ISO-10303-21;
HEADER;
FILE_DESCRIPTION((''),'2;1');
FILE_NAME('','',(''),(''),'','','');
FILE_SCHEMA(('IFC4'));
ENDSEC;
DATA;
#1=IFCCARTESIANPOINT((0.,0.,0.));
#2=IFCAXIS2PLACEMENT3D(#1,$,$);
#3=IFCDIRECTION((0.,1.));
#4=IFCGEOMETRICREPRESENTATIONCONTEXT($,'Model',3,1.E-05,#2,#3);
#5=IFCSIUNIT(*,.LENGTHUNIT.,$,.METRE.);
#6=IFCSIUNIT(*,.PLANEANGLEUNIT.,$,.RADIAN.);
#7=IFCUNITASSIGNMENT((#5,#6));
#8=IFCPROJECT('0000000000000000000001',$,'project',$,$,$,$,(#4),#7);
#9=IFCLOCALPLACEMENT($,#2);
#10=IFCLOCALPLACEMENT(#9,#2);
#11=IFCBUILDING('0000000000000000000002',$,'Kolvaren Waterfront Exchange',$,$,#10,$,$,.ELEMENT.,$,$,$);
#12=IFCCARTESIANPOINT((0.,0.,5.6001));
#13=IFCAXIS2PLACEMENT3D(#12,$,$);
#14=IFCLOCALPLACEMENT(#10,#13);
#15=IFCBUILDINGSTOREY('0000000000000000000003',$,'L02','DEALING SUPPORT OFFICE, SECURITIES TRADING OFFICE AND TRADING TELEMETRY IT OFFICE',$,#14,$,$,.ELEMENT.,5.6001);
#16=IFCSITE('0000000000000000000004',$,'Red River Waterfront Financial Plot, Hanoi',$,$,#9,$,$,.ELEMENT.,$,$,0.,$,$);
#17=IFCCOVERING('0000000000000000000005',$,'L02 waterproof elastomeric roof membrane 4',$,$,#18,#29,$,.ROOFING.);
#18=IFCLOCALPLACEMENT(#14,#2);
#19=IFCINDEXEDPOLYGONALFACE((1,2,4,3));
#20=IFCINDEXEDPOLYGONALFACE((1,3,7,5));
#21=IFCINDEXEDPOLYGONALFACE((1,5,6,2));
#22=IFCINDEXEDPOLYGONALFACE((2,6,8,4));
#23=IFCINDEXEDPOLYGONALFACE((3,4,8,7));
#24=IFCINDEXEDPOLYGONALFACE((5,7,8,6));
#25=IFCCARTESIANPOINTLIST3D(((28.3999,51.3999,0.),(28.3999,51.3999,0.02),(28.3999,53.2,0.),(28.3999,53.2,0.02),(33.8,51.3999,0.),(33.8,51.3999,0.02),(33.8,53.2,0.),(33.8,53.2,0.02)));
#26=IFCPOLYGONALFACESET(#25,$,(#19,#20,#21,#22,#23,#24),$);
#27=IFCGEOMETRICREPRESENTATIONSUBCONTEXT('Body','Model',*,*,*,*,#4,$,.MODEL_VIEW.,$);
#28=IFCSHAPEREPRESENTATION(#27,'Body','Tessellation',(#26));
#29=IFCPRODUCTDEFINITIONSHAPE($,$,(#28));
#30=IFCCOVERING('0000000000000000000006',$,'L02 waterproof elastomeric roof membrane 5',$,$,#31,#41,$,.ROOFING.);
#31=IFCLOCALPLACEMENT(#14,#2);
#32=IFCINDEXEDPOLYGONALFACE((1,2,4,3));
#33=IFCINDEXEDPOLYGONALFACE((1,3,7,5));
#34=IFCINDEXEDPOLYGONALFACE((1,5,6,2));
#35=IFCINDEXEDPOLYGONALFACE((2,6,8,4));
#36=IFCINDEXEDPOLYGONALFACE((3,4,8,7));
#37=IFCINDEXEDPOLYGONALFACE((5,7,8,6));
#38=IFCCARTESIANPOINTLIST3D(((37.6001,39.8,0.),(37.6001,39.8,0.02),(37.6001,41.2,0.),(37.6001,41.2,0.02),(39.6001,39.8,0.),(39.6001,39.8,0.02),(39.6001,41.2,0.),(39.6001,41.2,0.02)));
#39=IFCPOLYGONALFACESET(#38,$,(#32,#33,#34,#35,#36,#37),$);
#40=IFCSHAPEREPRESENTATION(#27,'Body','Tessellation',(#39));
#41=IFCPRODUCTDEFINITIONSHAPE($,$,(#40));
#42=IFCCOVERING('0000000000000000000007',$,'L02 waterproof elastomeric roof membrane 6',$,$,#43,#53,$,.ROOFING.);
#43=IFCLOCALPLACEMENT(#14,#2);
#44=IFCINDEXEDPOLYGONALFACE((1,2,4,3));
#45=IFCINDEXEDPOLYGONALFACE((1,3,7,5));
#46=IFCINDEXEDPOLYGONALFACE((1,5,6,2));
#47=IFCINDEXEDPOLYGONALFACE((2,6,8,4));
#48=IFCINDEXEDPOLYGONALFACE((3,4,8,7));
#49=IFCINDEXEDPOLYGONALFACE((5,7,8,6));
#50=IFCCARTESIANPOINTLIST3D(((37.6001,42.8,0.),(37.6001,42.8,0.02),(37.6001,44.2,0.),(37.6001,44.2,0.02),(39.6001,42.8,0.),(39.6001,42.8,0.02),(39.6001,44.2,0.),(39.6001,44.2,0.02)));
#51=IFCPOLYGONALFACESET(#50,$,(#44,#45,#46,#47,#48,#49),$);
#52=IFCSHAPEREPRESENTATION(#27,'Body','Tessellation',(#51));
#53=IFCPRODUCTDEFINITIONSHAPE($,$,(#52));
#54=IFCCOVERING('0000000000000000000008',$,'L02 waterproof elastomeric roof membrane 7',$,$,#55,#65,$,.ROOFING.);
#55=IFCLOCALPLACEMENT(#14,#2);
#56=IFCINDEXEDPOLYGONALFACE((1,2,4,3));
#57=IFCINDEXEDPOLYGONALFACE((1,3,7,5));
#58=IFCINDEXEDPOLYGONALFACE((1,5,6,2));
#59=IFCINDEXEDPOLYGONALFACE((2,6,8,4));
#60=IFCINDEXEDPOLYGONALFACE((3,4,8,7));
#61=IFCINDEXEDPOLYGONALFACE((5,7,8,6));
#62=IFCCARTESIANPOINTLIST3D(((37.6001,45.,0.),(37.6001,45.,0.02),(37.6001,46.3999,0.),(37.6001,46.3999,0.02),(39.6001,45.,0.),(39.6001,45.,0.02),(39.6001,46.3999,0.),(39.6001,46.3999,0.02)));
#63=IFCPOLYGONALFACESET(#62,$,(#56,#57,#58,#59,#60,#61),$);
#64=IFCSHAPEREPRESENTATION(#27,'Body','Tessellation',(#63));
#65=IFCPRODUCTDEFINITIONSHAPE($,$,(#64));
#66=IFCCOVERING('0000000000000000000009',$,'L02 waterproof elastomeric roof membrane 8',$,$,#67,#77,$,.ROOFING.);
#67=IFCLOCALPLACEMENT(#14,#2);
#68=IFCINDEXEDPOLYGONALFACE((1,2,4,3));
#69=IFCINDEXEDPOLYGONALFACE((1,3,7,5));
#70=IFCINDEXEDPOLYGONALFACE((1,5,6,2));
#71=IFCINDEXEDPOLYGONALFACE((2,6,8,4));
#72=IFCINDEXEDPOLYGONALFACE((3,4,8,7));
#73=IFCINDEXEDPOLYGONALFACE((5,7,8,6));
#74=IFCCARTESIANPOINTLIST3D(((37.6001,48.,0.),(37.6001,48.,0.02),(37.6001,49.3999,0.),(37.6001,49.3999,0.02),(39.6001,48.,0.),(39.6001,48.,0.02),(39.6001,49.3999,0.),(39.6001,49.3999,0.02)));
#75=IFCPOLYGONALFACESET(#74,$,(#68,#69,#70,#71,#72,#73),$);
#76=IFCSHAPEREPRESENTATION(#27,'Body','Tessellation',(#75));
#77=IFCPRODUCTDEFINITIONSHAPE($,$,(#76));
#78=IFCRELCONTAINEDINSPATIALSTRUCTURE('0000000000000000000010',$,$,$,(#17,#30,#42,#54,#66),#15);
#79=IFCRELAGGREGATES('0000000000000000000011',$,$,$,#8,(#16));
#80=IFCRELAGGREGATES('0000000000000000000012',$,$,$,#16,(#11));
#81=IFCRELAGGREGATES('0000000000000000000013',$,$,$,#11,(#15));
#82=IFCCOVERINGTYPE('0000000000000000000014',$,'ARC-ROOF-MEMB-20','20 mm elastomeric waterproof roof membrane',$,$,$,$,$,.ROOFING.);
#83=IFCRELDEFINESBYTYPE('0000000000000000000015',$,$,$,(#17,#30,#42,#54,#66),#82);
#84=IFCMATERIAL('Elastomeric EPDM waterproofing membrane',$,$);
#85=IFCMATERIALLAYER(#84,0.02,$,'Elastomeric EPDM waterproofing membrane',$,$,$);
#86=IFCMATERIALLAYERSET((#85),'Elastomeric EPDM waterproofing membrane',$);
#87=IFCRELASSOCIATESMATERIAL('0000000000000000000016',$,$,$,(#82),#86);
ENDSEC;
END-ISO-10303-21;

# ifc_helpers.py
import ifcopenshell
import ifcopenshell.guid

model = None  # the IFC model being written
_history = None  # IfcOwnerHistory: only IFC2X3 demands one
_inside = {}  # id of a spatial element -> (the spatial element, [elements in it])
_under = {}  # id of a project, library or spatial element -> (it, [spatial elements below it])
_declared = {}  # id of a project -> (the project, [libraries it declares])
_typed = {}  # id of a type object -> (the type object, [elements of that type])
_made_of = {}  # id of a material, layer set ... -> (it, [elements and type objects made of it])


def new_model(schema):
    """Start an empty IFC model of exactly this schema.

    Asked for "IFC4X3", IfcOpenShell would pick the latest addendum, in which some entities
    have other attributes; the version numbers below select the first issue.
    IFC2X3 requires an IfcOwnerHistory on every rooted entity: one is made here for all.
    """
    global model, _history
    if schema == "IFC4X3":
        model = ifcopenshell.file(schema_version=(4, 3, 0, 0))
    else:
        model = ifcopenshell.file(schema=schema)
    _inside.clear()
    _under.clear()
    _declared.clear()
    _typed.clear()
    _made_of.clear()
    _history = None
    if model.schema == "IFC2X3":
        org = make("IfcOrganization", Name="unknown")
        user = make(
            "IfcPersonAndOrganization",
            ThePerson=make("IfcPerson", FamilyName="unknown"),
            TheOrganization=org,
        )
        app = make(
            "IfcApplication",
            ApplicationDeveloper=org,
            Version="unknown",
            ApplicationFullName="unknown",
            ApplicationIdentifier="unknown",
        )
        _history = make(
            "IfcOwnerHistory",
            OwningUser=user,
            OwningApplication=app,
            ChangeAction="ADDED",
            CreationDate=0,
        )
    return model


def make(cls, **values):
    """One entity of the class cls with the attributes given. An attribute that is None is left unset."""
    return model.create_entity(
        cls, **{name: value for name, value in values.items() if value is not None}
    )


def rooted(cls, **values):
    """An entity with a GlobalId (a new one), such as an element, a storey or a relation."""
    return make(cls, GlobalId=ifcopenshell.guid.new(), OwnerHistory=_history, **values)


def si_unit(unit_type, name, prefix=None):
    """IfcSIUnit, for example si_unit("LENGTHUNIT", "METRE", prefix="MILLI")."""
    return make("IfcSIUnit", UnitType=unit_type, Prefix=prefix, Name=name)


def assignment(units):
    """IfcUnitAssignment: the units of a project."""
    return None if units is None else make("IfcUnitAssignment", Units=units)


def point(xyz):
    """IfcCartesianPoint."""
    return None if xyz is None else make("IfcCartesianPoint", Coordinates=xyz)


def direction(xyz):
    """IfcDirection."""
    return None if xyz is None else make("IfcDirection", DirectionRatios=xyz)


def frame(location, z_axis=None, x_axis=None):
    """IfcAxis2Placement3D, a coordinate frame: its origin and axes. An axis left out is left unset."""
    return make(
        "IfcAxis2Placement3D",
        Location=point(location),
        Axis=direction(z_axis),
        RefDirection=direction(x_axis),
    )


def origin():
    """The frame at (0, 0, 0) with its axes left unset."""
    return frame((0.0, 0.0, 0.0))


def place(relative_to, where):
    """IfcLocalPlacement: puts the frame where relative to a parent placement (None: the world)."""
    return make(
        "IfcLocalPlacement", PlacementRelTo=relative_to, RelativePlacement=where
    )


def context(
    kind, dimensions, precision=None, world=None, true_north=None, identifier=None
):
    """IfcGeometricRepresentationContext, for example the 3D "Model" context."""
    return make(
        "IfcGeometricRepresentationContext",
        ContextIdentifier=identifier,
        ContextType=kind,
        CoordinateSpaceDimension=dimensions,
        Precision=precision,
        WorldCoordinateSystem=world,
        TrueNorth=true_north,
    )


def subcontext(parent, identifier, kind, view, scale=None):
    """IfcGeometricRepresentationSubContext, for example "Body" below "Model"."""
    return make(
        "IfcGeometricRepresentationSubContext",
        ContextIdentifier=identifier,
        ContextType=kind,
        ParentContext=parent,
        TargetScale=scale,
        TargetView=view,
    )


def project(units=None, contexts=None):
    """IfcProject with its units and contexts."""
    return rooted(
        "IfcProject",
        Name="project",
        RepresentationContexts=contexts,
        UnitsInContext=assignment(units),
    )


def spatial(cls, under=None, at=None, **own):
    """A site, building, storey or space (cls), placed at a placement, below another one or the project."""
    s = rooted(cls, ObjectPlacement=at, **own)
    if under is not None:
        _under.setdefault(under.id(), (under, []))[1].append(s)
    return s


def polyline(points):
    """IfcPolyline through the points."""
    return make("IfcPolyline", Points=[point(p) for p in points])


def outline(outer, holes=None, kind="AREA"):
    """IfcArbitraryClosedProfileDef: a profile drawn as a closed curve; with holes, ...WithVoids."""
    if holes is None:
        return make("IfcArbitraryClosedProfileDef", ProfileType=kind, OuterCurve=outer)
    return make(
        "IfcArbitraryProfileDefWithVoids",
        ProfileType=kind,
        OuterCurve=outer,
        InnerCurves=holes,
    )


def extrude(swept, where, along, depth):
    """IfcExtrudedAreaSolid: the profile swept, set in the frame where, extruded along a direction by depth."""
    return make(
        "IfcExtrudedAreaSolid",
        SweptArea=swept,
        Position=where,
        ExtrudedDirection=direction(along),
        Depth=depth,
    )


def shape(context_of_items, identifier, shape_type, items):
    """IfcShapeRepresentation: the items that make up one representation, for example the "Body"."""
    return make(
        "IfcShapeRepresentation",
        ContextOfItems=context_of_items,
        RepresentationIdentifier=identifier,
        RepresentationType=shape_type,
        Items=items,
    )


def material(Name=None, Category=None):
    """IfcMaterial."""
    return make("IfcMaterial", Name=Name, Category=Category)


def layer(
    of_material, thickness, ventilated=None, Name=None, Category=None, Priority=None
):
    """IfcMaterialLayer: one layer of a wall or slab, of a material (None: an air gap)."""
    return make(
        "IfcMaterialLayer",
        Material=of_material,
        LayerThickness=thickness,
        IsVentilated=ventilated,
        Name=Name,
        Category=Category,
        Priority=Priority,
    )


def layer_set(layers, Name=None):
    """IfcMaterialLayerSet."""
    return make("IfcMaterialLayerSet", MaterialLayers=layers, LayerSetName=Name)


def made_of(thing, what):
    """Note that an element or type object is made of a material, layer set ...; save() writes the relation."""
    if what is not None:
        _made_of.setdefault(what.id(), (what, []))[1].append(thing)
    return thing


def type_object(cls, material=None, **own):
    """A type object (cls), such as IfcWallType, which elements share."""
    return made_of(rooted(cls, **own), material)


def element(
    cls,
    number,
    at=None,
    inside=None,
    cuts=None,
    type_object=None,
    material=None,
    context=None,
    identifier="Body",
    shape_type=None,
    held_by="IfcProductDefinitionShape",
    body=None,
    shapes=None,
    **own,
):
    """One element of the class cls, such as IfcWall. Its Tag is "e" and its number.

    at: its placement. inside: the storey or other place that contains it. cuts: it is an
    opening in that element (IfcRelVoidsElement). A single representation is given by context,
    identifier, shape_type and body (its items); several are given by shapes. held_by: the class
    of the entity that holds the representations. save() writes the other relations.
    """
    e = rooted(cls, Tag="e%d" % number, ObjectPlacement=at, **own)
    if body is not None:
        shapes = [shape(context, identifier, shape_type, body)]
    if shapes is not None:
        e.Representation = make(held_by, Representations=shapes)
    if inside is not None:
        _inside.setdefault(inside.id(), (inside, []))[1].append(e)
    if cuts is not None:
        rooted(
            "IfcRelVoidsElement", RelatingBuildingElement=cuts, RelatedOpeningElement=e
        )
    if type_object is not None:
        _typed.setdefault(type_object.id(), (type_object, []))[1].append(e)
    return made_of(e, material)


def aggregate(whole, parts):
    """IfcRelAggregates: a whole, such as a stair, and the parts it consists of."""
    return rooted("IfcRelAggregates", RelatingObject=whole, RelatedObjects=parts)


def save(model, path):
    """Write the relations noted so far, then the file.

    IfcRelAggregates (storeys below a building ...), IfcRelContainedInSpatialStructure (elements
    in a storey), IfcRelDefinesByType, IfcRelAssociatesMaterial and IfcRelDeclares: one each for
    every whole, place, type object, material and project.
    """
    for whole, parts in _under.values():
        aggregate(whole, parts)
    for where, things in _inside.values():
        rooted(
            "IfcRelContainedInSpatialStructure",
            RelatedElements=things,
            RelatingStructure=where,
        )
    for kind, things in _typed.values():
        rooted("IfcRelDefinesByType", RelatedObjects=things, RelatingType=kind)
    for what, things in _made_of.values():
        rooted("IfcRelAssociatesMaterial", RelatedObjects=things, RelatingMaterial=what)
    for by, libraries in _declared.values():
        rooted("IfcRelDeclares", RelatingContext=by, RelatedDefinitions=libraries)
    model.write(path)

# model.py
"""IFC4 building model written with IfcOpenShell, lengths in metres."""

from ifc_helpers import new_model, si_unit, direction, frame, origin, place, context, subcontext, project, spatial, polyline, outline, extrude, material, layer, layer_set, type_object, element, save


model = new_model("IFC4")

# Units and contexts
model_context = context("Model", 3, precision=1e-05, world=origin(), true_north=direction((0.0, 1.0)))
body_context = subcontext(model_context, "Body", "Model", "MODEL_VIEW")
ifc_project = project(units=[si_unit("LENGTHUNIT", "METRE"), si_unit("PLANEANGLEUNIT", "RADIAN")], contexts=[model_context])

# Site, building, storey
site_placement = place(None, origin())
site = spatial("IfcSite", under=ifc_project, at=site_placement, Name="Red River Waterfront Financial Plot, Hanoi", CompositionType="ELEMENT", RefElevation=0.0)
building_placement = place(site_placement, origin())
building = spatial("IfcBuilding", under=site, at=building_placement, Name="Kolvaren Waterfront Exchange", CompositionType="ELEMENT")
storey_placement = place(building_placement, frame((0.0, 0.0, 5.6001)))
storey = spatial("IfcBuildingStorey", under=building, at=storey_placement, Name="L02", Description="DEALING SUPPORT OFFICE, SECURITIES TRADING OFFICE AND TRADING TELEMETRY IT OFFICE", CompositionType="ELEMENT", Elevation=5.6001)

# Coverings
ifc_material_1 = material(Name="Elastomeric EPDM waterproofing membrane")
ifc_layer_1 = layer(ifc_material_1, 0.02, Name="Elastomeric EPDM waterproofing membrane")
ifc_layer_set_1 = layer_set([ifc_layer_1], Name="Elastomeric EPDM waterproofing membrane")
covering_type_1 = type_object("IfcCoveringType", Name="ARC-ROOF-MEMB-20", Description="20 mm elastomeric waterproof roof membrane", PredefinedType="ROOFING", material=ifc_layer_set_1)
covering_1_placement = place(storey_placement, origin())
element("IfcCovering", 1, at=covering_1_placement, inside=storey, type_object=covering_type_1, Name="L02 waterproof elastomeric roof membrane 4", PredefinedType="ROOFING", context=body_context, shape_type="SweptSolid", body=[
    extrude(outline(polyline([(28.3999, 51.3999), (33.8, 51.3999), (33.8, 53.2), (28.3999, 53.2), (28.3999, 51.3999)])), origin(), (0.0, 0.0, 1.0), 0.02),
])
covering_2_placement = place(storey_placement, origin())
element("IfcCovering", 2, at=covering_2_placement, inside=storey, type_object=covering_type_1, Name="L02 waterproof elastomeric roof membrane 5", PredefinedType="ROOFING", context=body_context, shape_type="SweptSolid", body=[
    extrude(outline(polyline([(37.6001, 39.8), (39.6001, 39.8), (39.6001, 41.2), (37.6001, 41.2), (37.6001, 39.8)])), origin(), (0.0, 0.0, 1.0), 0.02),
])
covering_3_placement = place(storey_placement, origin())
element("IfcCovering", 3, at=covering_3_placement, inside=storey, type_object=covering_type_1, Name="L02 waterproof elastomeric roof membrane 6", PredefinedType="ROOFING", context=body_context, shape_type="SweptSolid", body=[
    extrude(outline(polyline([(37.6001, 42.8), (39.6001, 42.8), (39.6001, 44.2), (37.6001, 44.2), (37.6001, 42.8)])), origin(), (0.0, 0.0, 1.0), 0.02),
])
covering_4_placement = place(storey_placement, origin())
element("IfcCovering", 4, at=covering_4_placement, inside=storey, type_object=covering_type_1, Name="L02 waterproof elastomeric roof membrane 7", PredefinedType="ROOFING", context=body_context, shape_type="SweptSolid", body=[
    extrude(outline(polyline([(37.6001, 45.0), (39.6001, 45.0), (39.6001, 46.3999), (37.6001, 46.3999), (37.6001, 45.0)])), origin(), (0.0, 0.0, 1.0), 0.02),
])
covering_5_placement = place(storey_placement, origin())
element("IfcCovering", 5, at=covering_5_placement, inside=storey, type_object=covering_type_1, Name="L02 waterproof elastomeric roof membrane 8", PredefinedType="ROOFING", context=body_context, shape_type="SweptSolid", body=[
    extrude(outline(polyline([(37.6001, 48.0), (39.6001, 48.0), (39.6001, 49.3999), (37.6001, 49.3999), (37.6001, 48.0)])), origin(), (0.0, 0.0, 1.0), 0.02),
])

save(model, "model.ifc")
